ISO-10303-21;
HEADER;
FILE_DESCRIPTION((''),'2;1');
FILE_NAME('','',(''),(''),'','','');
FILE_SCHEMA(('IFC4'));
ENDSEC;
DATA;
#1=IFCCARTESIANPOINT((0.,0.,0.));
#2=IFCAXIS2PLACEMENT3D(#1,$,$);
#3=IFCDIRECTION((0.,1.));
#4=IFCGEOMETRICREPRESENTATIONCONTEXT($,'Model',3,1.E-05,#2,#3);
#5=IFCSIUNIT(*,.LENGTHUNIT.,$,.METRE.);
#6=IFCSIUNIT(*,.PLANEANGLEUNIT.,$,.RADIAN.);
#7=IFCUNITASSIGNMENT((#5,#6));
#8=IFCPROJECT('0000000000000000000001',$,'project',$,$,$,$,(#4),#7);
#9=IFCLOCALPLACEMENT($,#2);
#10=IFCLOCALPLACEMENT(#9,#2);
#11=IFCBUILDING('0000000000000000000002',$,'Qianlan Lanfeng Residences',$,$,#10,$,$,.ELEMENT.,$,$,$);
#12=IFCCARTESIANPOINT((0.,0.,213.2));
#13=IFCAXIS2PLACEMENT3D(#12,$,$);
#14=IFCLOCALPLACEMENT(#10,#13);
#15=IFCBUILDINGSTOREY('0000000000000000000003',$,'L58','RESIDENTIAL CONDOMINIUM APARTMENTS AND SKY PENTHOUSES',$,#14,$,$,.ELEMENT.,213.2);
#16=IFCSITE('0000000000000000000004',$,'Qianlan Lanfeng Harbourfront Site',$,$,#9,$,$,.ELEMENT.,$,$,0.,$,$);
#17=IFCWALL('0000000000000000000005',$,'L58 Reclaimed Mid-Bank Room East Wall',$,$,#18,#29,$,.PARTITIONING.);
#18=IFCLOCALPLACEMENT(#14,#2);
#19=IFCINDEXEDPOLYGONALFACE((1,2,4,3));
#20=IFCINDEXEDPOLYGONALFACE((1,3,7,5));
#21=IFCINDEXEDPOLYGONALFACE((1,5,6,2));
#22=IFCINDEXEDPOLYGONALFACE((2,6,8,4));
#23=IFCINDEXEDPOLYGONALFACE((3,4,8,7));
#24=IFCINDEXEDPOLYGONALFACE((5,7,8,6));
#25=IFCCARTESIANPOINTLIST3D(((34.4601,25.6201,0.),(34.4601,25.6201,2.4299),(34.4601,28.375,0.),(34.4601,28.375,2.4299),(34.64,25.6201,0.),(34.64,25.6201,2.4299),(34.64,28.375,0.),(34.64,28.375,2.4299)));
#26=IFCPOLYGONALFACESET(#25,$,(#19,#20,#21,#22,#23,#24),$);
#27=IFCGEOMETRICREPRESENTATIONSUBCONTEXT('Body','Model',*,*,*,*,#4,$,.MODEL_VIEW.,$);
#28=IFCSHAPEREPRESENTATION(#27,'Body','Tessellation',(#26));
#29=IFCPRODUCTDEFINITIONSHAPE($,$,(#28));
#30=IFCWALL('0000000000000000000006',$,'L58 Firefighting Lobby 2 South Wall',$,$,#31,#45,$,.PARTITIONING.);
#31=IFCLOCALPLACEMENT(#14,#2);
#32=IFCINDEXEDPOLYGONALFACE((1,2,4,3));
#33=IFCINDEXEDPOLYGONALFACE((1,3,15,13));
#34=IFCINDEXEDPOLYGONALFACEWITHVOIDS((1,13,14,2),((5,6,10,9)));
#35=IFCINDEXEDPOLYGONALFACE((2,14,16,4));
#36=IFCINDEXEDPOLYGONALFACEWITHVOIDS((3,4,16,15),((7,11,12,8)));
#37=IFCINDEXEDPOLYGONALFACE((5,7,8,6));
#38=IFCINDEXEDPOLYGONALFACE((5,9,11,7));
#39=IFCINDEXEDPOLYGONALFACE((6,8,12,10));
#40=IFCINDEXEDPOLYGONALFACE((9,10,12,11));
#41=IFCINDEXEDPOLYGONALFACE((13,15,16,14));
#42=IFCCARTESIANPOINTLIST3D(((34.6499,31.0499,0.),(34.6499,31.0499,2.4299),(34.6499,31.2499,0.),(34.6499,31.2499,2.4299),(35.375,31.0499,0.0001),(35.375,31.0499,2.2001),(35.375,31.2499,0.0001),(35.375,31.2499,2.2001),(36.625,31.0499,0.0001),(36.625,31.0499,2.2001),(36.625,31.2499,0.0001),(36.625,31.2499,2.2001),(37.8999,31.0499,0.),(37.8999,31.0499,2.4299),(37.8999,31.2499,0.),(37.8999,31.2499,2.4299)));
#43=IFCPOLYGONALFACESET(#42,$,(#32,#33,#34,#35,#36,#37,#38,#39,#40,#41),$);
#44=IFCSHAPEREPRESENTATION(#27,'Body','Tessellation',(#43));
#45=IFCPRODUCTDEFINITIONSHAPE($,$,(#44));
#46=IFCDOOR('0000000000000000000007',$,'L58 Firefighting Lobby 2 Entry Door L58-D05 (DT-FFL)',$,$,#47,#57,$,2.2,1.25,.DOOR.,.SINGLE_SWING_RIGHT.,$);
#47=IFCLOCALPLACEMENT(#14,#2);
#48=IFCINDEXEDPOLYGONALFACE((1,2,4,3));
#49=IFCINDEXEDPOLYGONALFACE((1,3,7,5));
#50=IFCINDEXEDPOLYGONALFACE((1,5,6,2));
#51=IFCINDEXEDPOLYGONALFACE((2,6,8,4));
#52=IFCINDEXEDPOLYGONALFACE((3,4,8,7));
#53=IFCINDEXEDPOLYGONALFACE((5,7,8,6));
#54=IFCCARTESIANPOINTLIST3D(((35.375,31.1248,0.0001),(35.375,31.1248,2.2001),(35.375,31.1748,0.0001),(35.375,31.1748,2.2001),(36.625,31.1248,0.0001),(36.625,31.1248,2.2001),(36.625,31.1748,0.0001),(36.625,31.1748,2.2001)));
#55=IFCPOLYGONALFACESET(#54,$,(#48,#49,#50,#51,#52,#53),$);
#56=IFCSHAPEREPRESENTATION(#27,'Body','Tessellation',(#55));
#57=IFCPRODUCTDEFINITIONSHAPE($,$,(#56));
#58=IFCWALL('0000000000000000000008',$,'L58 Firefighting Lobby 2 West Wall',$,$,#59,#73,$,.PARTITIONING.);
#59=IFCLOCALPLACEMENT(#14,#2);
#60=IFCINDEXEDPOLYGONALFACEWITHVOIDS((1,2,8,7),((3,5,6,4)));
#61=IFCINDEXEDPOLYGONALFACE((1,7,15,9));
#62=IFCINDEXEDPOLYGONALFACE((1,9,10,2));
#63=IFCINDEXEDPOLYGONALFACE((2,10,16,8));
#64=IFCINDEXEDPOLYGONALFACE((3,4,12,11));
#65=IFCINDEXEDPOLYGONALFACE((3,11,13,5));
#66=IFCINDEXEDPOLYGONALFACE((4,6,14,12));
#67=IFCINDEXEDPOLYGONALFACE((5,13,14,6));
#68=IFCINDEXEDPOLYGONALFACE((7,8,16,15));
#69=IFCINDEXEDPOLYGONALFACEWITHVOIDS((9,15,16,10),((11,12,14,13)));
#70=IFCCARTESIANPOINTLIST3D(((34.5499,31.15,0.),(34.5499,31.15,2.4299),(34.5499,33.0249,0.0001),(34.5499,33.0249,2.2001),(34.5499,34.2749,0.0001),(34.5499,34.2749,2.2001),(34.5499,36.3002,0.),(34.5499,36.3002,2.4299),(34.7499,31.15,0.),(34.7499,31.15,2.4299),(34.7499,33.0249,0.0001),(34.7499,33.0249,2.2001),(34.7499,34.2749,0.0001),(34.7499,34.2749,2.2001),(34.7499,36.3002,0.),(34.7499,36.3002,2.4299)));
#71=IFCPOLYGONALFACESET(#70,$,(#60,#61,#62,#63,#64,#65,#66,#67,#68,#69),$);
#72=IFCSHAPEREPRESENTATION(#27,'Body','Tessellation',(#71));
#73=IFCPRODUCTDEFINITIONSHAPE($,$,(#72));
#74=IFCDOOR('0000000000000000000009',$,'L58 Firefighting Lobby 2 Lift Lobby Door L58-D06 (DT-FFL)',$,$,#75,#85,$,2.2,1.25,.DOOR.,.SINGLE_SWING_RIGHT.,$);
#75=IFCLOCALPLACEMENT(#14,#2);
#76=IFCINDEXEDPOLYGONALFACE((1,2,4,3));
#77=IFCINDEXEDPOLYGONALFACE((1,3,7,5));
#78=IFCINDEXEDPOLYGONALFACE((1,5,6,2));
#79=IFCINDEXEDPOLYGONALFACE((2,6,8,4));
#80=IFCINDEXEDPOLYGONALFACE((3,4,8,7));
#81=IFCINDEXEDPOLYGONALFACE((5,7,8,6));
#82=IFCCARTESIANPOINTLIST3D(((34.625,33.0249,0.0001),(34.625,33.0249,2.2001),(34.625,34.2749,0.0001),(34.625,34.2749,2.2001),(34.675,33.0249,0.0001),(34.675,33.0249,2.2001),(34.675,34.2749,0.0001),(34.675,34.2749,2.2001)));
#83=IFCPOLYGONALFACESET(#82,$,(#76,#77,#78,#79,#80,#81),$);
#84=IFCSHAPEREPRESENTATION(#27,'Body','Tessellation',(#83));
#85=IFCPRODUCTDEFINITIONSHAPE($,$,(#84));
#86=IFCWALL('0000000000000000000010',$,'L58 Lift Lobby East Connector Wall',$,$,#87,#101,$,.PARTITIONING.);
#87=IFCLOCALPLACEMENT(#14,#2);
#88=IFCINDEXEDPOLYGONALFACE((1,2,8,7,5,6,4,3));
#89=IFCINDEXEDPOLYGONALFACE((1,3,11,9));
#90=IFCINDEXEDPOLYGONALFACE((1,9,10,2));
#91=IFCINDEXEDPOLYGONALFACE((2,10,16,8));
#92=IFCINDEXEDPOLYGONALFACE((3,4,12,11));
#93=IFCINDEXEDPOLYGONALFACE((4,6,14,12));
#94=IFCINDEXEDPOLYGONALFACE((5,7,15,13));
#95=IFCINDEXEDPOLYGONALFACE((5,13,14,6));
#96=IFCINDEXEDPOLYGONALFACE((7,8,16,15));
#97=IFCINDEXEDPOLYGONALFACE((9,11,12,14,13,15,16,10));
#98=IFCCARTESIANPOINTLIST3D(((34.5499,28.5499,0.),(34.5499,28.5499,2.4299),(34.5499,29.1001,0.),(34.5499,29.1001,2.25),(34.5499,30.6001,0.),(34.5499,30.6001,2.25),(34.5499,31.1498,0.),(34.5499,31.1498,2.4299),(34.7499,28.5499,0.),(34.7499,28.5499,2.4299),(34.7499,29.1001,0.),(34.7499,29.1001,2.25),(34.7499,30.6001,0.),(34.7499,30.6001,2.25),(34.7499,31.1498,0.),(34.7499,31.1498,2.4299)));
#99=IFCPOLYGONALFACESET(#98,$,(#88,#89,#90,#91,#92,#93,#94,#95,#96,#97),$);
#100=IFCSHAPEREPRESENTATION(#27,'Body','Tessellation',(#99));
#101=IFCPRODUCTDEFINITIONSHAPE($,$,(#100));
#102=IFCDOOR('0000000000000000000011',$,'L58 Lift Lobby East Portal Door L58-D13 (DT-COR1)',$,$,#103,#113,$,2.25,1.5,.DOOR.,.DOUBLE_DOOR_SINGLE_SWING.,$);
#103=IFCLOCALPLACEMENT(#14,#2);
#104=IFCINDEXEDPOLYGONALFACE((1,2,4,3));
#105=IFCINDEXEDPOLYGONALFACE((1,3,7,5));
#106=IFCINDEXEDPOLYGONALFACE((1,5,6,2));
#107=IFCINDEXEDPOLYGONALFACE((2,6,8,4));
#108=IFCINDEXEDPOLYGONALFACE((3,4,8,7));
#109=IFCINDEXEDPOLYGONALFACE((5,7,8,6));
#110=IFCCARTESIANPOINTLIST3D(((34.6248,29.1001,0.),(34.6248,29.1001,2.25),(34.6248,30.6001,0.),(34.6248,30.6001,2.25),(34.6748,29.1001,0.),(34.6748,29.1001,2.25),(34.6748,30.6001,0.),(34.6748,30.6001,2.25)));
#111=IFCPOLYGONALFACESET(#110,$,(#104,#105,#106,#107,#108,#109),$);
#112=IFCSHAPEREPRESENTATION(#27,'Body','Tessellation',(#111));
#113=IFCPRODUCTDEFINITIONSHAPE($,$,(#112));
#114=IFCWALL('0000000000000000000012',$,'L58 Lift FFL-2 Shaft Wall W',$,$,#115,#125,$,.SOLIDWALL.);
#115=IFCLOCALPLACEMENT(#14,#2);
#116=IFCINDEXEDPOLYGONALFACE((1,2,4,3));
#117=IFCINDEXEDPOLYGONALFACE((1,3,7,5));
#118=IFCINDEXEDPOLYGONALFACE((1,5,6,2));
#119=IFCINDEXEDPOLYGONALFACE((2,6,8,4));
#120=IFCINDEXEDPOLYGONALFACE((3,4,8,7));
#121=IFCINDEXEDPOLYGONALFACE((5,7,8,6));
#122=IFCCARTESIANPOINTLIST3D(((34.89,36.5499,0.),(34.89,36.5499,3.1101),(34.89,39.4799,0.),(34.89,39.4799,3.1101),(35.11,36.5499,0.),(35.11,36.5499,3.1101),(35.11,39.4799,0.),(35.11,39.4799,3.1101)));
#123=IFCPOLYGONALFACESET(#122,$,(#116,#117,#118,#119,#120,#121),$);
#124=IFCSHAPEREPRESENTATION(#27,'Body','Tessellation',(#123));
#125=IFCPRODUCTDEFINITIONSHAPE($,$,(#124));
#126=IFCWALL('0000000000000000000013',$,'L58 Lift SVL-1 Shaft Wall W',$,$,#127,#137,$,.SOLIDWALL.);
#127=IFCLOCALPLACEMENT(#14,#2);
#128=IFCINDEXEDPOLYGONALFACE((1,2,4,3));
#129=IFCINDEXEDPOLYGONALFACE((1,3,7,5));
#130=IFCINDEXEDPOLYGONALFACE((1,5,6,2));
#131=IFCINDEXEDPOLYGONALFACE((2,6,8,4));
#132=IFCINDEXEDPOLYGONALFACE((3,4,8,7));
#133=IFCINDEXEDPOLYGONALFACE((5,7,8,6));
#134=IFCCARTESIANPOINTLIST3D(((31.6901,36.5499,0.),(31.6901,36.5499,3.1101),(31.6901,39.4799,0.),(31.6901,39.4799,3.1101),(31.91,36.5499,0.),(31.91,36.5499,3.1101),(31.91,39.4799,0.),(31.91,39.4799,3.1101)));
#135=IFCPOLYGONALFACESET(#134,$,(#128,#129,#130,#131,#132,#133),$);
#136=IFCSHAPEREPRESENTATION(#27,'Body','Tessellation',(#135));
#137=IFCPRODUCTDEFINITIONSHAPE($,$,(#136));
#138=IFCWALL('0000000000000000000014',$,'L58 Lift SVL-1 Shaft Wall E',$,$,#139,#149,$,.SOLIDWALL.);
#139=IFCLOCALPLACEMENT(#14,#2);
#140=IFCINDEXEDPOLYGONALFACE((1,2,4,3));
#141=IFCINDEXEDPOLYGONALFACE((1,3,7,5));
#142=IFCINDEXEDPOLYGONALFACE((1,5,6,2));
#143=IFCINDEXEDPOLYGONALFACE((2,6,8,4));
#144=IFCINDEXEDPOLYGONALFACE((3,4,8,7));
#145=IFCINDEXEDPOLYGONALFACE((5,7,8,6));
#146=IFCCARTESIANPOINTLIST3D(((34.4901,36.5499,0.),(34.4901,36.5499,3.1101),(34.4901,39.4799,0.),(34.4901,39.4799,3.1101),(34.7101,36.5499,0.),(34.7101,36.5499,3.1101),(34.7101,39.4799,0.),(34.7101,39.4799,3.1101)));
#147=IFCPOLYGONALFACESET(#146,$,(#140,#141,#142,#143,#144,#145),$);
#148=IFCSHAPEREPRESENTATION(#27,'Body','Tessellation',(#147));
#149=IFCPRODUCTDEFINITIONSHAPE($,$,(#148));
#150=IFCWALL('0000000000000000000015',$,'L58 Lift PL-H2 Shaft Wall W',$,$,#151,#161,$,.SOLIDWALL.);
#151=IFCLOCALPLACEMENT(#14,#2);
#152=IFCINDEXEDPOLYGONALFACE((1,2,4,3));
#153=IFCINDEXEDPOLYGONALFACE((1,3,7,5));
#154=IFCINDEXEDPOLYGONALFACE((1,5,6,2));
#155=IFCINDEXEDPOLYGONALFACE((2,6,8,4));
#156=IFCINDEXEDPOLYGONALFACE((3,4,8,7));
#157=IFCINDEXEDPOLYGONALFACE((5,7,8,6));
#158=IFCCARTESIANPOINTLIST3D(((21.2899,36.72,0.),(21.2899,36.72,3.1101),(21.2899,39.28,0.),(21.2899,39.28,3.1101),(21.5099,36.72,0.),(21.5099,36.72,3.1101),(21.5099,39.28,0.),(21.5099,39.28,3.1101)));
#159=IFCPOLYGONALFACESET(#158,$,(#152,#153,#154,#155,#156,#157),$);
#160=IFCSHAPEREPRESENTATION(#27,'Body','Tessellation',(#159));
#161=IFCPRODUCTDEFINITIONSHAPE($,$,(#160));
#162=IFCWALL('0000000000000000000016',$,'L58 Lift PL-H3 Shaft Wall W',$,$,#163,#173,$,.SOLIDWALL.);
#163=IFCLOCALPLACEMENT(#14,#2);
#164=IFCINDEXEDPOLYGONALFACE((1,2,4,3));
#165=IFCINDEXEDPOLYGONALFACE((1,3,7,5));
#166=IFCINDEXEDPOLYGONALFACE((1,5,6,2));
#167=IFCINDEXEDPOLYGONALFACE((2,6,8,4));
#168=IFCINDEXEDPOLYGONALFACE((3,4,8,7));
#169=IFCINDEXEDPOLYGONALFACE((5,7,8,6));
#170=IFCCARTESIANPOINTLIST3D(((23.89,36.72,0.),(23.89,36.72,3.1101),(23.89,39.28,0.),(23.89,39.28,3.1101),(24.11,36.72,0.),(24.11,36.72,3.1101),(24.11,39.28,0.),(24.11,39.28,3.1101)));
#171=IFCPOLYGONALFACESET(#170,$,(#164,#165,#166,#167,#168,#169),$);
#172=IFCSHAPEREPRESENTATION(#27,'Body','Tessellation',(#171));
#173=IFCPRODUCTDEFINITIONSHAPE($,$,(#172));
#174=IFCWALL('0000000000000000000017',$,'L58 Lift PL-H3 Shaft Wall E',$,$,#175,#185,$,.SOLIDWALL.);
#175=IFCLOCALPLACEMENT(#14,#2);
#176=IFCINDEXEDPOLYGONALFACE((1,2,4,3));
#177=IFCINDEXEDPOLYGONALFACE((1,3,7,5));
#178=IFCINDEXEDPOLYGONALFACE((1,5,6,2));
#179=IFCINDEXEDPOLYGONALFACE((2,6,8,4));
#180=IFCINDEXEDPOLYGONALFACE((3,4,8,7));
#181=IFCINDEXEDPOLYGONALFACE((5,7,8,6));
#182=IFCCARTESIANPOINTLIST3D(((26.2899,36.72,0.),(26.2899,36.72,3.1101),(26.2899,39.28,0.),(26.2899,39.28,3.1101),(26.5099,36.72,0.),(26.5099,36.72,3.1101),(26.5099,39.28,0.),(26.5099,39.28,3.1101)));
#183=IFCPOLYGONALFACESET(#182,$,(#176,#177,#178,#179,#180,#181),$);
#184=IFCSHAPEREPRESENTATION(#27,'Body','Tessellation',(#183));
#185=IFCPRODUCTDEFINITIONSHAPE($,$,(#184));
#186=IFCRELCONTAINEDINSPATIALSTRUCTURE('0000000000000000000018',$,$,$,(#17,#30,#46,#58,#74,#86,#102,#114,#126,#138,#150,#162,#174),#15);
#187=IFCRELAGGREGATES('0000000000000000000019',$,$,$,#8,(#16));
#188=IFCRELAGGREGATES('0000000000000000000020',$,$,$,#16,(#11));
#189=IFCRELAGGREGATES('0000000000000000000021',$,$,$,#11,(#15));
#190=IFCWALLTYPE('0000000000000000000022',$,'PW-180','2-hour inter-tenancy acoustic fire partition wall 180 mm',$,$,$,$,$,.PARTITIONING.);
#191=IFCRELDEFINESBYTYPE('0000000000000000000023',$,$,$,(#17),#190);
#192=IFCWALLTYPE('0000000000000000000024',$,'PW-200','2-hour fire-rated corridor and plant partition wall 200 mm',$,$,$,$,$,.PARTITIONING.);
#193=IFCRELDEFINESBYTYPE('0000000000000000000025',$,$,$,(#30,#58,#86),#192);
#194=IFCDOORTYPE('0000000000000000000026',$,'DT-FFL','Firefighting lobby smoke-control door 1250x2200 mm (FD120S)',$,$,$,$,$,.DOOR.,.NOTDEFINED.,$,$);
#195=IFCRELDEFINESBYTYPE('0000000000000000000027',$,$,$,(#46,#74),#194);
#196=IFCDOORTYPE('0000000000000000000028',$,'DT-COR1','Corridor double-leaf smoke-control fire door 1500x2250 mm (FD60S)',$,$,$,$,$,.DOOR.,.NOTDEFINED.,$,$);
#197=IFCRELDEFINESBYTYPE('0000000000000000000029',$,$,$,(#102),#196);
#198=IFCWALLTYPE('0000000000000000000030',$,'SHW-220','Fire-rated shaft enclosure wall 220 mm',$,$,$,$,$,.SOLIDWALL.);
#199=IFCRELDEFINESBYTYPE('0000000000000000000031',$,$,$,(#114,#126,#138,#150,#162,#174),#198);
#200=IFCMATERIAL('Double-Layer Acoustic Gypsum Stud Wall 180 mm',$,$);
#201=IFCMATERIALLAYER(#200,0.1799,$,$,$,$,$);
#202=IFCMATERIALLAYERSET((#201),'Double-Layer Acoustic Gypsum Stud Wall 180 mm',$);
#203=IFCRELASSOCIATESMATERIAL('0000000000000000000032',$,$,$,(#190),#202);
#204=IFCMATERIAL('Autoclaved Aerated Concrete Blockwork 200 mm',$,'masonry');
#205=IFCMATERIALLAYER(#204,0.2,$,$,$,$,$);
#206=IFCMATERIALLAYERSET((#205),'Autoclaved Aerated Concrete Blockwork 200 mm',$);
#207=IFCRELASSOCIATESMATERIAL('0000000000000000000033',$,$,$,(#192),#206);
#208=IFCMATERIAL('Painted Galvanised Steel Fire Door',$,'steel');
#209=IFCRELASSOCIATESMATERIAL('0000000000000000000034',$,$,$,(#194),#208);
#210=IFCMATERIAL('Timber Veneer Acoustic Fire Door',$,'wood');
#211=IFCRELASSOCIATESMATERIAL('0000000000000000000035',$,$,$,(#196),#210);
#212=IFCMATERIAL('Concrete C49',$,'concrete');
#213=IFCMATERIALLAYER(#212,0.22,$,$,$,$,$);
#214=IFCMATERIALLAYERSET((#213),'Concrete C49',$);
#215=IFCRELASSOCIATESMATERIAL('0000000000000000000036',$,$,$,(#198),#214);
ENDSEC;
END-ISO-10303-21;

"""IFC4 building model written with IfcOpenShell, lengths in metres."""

from ifc_helpers import new_model, si_unit, direction, frame, frame_2d, origin, place, context, subcontext, project, spatial, rectangle, extrude, material, layer, layer_set, type_object, element, fill, save


model = new_model("IFC4")

# Units and contexts
model_context = context("Model", 3, precision=1e-05, world=origin(), true_north=direction((0.0, 1.0)))
body_context = subcontext(model_context, "Body", "Model", "MODEL_VIEW")
ifc_project = project(units=[si_unit("LENGTHUNIT", "METRE"), si_unit("PLANEANGLEUNIT", "RADIAN")], contexts=[model_context])

# Site, building, storey
site_placement = place(None, origin())
site = spatial("IfcSite", under=ifc_project, at=site_placement, Name="Qianlan Lanfeng Harbourfront Site", CompositionType="ELEMENT", RefElevation=0.0)
building_placement = place(site_placement, origin())
building = spatial("IfcBuilding", under=site, at=building_placement, Name="Qianlan Lanfeng Residences", CompositionType="ELEMENT")
storey_placement = place(building_placement, frame((0.0, 0.0, 213.2)))
storey = spatial("IfcBuildingStorey", under=building, at=storey_placement, Name="L58", Description="RESIDENTIAL CONDOMINIUM APARTMENTS AND SKY PENTHOUSES", CompositionType="ELEMENT", Elevation=213.2)

# Wall
ifc_material_1 = material(Name="Double-Layer Acoustic Gypsum Stud Wall 180 mm")
ifc_layer_1 = layer(ifc_material_1, 0.1799)
ifc_layer_set_1 = layer_set([ifc_layer_1], Name="Double-Layer Acoustic Gypsum Stud Wall 180 mm")
wall_type_1 = type_object("IfcWallType", Name="PW-180", Description="2-hour inter-tenancy acoustic fire partition wall 180 mm", PredefinedType="PARTITIONING", material=ifc_layer_set_1)
wall_1_placement = place(storey_placement, frame((34.55, 25.6201, 0.0), z_axis=(0.0, 0.0, 1.0), x_axis=(0.0, 1.0, 0.0)))
element("IfcWall", 1, at=wall_1_placement, inside=storey, type_object=wall_type_1, Name="L58 Reclaimed Mid-Bank Room East Wall", PredefinedType="PARTITIONING", context=body_context, shape_type="SweptSolid", body=[
    extrude(rectangle(XDim=2.7549, YDim=0.1799, at=frame_2d((1.3774, 0.0))), origin(), (0.0, 0.0, 1.0), 2.4299),
])

# Walls, openings, doors
ifc_material_2 = material(Name="Autoclaved Aerated Concrete Blockwork 200 mm", Category="masonry")
ifc_layer_2 = layer(ifc_material_2, 0.2)
ifc_layer_set_2 = layer_set([ifc_layer_2], Name="Autoclaved Aerated Concrete Blockwork 200 mm")
wall_type_2 = type_object("IfcWallType", Name="PW-200", Description="2-hour fire-rated corridor and plant partition wall 200 mm", PredefinedType="PARTITIONING", material=ifc_layer_set_2)
wall_2_placement = place(storey_placement, frame((34.6499, 31.1499, 0.0), z_axis=(0.0, 0.0, 1.0), x_axis=(1.0, 0.0, 0.0)))
wall_2 = element("IfcWall", 2, at=wall_2_placement, inside=storey, type_object=wall_type_2, Name="L58 Firefighting Lobby 2 South Wall", PredefinedType="PARTITIONING", context=body_context, shape_type="SweptSolid", body=[
    extrude(rectangle(XDim=3.25, YDim=0.2, at=frame_2d((1.625, 0.0))), origin(), (0.0, 0.0, 1.0), 2.4299),
])
opening_1_placement = place(wall_2_placement, frame((0.7251, 0.0, 0.0)))
opening_1 = element("IfcOpeningElement", 3, at=opening_1_placement, cuts=wall_2, PredefinedType="OPENING", context=body_context, shape_type="SweptSolid", body=[
    extrude(rectangle(XDim=1.25, YDim=2.2, at=frame_2d((0.625, 1.1001))), frame((0.0, 0.1099, 0.0), z_axis=(0.0, -1.0, 0.0), x_axis=(1.0, 0.0, 0.0)), (0.0, 0.0, 1.0), 0.22),
])
ifc_material_3 = material(Name="Painted Galvanised Steel Fire Door", Category="steel")
door_type_1 = type_object("IfcDoorType", Name="DT-FFL", Description="Firefighting lobby smoke-control door 1250x2200 mm (FD120S)", OperationType="NOTDEFINED", PredefinedType="DOOR", material=ifc_material_3)
door_1_placement = place(opening_1_placement, origin())
door_1 = element("IfcDoor", 4, at=door_1_placement, inside=storey, type_object=door_type_1, Name="L58 Firefighting Lobby 2 Entry Door L58-D05 (DT-FFL)", OperationType="SINGLE_SWING_RIGHT", OverallHeight=2.2, OverallWidth=1.25, PredefinedType="DOOR", context=body_context, shape_type="SweptSolid", body=[
    extrude(rectangle(XDim=1.25, YDim=2.2, at=frame_2d((0.625, 1.1001))), frame((0.0, 0.0249, 0.0), z_axis=(0.0, -1.0, 0.0), x_axis=(1.0, 0.0, 0.0)), (0.0, 0.0, 1.0), 0.05),
])
fill(opening_1, door_1)
wall_3_placement = place(storey_placement, frame((34.6499, 31.1499, 0.0), z_axis=(0.0, 0.0, 1.0), x_axis=(0.0, 1.0, 0.0)))
wall_3 = element("IfcWall", 5, at=wall_3_placement, inside=storey, type_object=wall_type_2, Name="L58 Firefighting Lobby 2 West Wall", PredefinedType="PARTITIONING", context=body_context, shape_type="SweptSolid", body=[
    extrude(rectangle(XDim=5.1501, YDim=0.2, at=frame_2d((2.5752, 0.0))), origin(), (0.0, 0.0, 1.0), 2.4299),
])
opening_2_placement = place(wall_3_placement, frame((1.875, 0.0, 0.0)))
opening_2 = element("IfcOpeningElement", 6, at=opening_2_placement, cuts=wall_3, PredefinedType="OPENING", context=body_context, shape_type="SweptSolid", body=[
    extrude(rectangle(XDim=1.25, YDim=2.2, at=frame_2d((0.625, 1.1001))), frame((0.0, 0.1099, 0.0), z_axis=(0.0, -1.0, 0.0), x_axis=(1.0, 0.0, 0.0)), (0.0, 0.0, 1.0), 0.22),
])
door_2_placement = place(opening_2_placement, origin())
door_2 = element("IfcDoor", 7, at=door_2_placement, inside=storey, type_object=door_type_1, Name="L58 Firefighting Lobby 2 Lift Lobby Door L58-D06 (DT-FFL)", OperationType="SINGLE_SWING_RIGHT", OverallHeight=2.2, OverallWidth=1.25, PredefinedType="DOOR", context=body_context, shape_type="SweptSolid", body=[
    extrude(rectangle(XDim=1.25, YDim=2.2, at=frame_2d((0.625, 1.1001))), frame((0.0, 0.0249, 0.0), z_axis=(0.0, -1.0, 0.0), x_axis=(1.0, 0.0, 0.0)), (0.0, 0.0, 1.0), 0.05),
])
fill(opening_2, door_2)
wall_4_placement = place(storey_placement, frame((34.6499, 28.55, 0.0), z_axis=(0.0, 0.0, 1.0), x_axis=(0.0, 1.0, 0.0)))
wall_4 = element("IfcWall", 8, at=wall_4_placement, inside=storey, type_object=wall_type_2, Name="L58 Lift Lobby East Connector Wall", PredefinedType="PARTITIONING", context=body_context, shape_type="SweptSolid", body=[
    extrude(rectangle(XDim=2.5999, YDim=0.2, at=frame_2d((1.2998, 0.0))), origin(), (0.0, 0.0, 1.0), 2.4299),
])
opening_3_placement = place(wall_4_placement, frame((0.55, 0.0, 0.0)))
opening_3 = element("IfcOpeningElement", 9, at=opening_3_placement, cuts=wall_4, PredefinedType="OPENING", context=body_context, shape_type="SweptSolid", body=[
    extrude(rectangle(XDim=1.5, YDim=2.25, at=frame_2d((0.75, 1.125))), frame((0.0, 0.1099, 0.0), z_axis=(0.0, -1.0, 0.0), x_axis=(1.0, 0.0, 0.0)), (0.0, 0.0, 1.0), 0.22),
])
ifc_material_4 = material(Name="Timber Veneer Acoustic Fire Door", Category="wood")
door_type_2 = type_object("IfcDoorType", Name="DT-COR1", Description="Corridor double-leaf smoke-control fire door 1500x2250 mm (FD60S)", OperationType="NOTDEFINED", PredefinedType="DOOR", material=ifc_material_4)
door_3_placement = place(opening_3_placement, frame((1.5, 0.0, 0.0), z_axis=(0.0, 0.0, 1.0), x_axis=(-1.0, 0.0, 0.0)))
door_3 = element("IfcDoor", 10, at=door_3_placement, inside=storey, type_object=door_type_2, Name="L58 Lift Lobby East Portal Door L58-D13 (DT-COR1)", OperationType="DOUBLE_DOOR_SINGLE_SWING", OverallHeight=2.25, OverallWidth=1.5, PredefinedType="DOOR", context=body_context, shape_type="SweptSolid", body=[
    extrude(rectangle(XDim=1.5, YDim=2.25, at=frame_2d((0.75, 1.125))), frame((0.0, 0.0249, 0.0), z_axis=(0.0, -1.0, 0.0), x_axis=(1.0, 0.0, 0.0)), (0.0, 0.0, 1.0), 0.05),
])
fill(opening_3, door_3)

# Walls
ifc_material_5 = material(Name="Concrete C49", Category="concrete")
ifc_layer_3 = layer(ifc_material_5, 0.22)
ifc_layer_set_3 = layer_set([ifc_layer_3], Name="Concrete C49")
wall_type_3 = type_object("IfcWallType", Name="SHW-220", Description="Fire-rated shaft enclosure wall 220 mm", PredefinedType="SOLIDWALL", material=ifc_layer_set_3)
for number, where, z_axis, x_axis, name in (
    (11, (35.0, 36.55, 0.0), (0.0, 0.0, 1.0), (0.0, 1.0, 0.0), "L58 Lift FFL-2 Shaft Wall W"),
    (12, (31.8, 36.55, 0.0), (0.0, 0.0, 1.0), (0.0, 1.0, 0.0), "L58 Lift SVL-1 Shaft Wall W"),
    (13, (34.6001, 36.55, 0.0), (0.0, 0.0, 1.0), (0.0, 1.0, 0.0), "L58 Lift SVL-1 Shaft Wall E"),
):
    element("IfcWall", number, at=place(storey_placement, frame(where, z_axis=z_axis, x_axis=x_axis)), inside=storey, type_object=wall_type_3, Name=name, PredefinedType="SOLIDWALL", context=body_context, shape_type="SweptSolid", body=[
        extrude(rectangle(XDim=2.9299, YDim=0.22, at=frame_2d((1.4648, 0.0))), origin(), (0.0, 0.0, 1.0), 3.1101),
    ])
for number, where, z_axis, x_axis, name in (
    (14, (21.3999, 36.72, 0.0), (0.0, 0.0, 1.0), (0.0, 1.0, 0.0), "L58 Lift PL-H2 Shaft Wall W"),
    (15, (24.0, 36.72, 0.0), (0.0, 0.0, 1.0), (0.0, 1.0, 0.0), "L58 Lift PL-H3 Shaft Wall W"),
    (16, (26.3999, 36.72, 0.0), (0.0, 0.0, 1.0), (0.0, 1.0, 0.0), "L58 Lift PL-H3 Shaft Wall E"),
):
    element("IfcWall", number, at=place(storey_placement, frame(where, z_axis=z_axis, x_axis=x_axis)), inside=storey, type_object=wall_type_3, Name=name, PredefinedType="SOLIDWALL", context=body_context, shape_type="SweptSolid", body=[
        extrude(rectangle(XDim=2.5601, YDim=0.22, at=frame_2d((1.28, 0.0))), origin(), (0.0, 0.0, 1.0), 3.1101),
    ])

save(model, "model.ifc")
